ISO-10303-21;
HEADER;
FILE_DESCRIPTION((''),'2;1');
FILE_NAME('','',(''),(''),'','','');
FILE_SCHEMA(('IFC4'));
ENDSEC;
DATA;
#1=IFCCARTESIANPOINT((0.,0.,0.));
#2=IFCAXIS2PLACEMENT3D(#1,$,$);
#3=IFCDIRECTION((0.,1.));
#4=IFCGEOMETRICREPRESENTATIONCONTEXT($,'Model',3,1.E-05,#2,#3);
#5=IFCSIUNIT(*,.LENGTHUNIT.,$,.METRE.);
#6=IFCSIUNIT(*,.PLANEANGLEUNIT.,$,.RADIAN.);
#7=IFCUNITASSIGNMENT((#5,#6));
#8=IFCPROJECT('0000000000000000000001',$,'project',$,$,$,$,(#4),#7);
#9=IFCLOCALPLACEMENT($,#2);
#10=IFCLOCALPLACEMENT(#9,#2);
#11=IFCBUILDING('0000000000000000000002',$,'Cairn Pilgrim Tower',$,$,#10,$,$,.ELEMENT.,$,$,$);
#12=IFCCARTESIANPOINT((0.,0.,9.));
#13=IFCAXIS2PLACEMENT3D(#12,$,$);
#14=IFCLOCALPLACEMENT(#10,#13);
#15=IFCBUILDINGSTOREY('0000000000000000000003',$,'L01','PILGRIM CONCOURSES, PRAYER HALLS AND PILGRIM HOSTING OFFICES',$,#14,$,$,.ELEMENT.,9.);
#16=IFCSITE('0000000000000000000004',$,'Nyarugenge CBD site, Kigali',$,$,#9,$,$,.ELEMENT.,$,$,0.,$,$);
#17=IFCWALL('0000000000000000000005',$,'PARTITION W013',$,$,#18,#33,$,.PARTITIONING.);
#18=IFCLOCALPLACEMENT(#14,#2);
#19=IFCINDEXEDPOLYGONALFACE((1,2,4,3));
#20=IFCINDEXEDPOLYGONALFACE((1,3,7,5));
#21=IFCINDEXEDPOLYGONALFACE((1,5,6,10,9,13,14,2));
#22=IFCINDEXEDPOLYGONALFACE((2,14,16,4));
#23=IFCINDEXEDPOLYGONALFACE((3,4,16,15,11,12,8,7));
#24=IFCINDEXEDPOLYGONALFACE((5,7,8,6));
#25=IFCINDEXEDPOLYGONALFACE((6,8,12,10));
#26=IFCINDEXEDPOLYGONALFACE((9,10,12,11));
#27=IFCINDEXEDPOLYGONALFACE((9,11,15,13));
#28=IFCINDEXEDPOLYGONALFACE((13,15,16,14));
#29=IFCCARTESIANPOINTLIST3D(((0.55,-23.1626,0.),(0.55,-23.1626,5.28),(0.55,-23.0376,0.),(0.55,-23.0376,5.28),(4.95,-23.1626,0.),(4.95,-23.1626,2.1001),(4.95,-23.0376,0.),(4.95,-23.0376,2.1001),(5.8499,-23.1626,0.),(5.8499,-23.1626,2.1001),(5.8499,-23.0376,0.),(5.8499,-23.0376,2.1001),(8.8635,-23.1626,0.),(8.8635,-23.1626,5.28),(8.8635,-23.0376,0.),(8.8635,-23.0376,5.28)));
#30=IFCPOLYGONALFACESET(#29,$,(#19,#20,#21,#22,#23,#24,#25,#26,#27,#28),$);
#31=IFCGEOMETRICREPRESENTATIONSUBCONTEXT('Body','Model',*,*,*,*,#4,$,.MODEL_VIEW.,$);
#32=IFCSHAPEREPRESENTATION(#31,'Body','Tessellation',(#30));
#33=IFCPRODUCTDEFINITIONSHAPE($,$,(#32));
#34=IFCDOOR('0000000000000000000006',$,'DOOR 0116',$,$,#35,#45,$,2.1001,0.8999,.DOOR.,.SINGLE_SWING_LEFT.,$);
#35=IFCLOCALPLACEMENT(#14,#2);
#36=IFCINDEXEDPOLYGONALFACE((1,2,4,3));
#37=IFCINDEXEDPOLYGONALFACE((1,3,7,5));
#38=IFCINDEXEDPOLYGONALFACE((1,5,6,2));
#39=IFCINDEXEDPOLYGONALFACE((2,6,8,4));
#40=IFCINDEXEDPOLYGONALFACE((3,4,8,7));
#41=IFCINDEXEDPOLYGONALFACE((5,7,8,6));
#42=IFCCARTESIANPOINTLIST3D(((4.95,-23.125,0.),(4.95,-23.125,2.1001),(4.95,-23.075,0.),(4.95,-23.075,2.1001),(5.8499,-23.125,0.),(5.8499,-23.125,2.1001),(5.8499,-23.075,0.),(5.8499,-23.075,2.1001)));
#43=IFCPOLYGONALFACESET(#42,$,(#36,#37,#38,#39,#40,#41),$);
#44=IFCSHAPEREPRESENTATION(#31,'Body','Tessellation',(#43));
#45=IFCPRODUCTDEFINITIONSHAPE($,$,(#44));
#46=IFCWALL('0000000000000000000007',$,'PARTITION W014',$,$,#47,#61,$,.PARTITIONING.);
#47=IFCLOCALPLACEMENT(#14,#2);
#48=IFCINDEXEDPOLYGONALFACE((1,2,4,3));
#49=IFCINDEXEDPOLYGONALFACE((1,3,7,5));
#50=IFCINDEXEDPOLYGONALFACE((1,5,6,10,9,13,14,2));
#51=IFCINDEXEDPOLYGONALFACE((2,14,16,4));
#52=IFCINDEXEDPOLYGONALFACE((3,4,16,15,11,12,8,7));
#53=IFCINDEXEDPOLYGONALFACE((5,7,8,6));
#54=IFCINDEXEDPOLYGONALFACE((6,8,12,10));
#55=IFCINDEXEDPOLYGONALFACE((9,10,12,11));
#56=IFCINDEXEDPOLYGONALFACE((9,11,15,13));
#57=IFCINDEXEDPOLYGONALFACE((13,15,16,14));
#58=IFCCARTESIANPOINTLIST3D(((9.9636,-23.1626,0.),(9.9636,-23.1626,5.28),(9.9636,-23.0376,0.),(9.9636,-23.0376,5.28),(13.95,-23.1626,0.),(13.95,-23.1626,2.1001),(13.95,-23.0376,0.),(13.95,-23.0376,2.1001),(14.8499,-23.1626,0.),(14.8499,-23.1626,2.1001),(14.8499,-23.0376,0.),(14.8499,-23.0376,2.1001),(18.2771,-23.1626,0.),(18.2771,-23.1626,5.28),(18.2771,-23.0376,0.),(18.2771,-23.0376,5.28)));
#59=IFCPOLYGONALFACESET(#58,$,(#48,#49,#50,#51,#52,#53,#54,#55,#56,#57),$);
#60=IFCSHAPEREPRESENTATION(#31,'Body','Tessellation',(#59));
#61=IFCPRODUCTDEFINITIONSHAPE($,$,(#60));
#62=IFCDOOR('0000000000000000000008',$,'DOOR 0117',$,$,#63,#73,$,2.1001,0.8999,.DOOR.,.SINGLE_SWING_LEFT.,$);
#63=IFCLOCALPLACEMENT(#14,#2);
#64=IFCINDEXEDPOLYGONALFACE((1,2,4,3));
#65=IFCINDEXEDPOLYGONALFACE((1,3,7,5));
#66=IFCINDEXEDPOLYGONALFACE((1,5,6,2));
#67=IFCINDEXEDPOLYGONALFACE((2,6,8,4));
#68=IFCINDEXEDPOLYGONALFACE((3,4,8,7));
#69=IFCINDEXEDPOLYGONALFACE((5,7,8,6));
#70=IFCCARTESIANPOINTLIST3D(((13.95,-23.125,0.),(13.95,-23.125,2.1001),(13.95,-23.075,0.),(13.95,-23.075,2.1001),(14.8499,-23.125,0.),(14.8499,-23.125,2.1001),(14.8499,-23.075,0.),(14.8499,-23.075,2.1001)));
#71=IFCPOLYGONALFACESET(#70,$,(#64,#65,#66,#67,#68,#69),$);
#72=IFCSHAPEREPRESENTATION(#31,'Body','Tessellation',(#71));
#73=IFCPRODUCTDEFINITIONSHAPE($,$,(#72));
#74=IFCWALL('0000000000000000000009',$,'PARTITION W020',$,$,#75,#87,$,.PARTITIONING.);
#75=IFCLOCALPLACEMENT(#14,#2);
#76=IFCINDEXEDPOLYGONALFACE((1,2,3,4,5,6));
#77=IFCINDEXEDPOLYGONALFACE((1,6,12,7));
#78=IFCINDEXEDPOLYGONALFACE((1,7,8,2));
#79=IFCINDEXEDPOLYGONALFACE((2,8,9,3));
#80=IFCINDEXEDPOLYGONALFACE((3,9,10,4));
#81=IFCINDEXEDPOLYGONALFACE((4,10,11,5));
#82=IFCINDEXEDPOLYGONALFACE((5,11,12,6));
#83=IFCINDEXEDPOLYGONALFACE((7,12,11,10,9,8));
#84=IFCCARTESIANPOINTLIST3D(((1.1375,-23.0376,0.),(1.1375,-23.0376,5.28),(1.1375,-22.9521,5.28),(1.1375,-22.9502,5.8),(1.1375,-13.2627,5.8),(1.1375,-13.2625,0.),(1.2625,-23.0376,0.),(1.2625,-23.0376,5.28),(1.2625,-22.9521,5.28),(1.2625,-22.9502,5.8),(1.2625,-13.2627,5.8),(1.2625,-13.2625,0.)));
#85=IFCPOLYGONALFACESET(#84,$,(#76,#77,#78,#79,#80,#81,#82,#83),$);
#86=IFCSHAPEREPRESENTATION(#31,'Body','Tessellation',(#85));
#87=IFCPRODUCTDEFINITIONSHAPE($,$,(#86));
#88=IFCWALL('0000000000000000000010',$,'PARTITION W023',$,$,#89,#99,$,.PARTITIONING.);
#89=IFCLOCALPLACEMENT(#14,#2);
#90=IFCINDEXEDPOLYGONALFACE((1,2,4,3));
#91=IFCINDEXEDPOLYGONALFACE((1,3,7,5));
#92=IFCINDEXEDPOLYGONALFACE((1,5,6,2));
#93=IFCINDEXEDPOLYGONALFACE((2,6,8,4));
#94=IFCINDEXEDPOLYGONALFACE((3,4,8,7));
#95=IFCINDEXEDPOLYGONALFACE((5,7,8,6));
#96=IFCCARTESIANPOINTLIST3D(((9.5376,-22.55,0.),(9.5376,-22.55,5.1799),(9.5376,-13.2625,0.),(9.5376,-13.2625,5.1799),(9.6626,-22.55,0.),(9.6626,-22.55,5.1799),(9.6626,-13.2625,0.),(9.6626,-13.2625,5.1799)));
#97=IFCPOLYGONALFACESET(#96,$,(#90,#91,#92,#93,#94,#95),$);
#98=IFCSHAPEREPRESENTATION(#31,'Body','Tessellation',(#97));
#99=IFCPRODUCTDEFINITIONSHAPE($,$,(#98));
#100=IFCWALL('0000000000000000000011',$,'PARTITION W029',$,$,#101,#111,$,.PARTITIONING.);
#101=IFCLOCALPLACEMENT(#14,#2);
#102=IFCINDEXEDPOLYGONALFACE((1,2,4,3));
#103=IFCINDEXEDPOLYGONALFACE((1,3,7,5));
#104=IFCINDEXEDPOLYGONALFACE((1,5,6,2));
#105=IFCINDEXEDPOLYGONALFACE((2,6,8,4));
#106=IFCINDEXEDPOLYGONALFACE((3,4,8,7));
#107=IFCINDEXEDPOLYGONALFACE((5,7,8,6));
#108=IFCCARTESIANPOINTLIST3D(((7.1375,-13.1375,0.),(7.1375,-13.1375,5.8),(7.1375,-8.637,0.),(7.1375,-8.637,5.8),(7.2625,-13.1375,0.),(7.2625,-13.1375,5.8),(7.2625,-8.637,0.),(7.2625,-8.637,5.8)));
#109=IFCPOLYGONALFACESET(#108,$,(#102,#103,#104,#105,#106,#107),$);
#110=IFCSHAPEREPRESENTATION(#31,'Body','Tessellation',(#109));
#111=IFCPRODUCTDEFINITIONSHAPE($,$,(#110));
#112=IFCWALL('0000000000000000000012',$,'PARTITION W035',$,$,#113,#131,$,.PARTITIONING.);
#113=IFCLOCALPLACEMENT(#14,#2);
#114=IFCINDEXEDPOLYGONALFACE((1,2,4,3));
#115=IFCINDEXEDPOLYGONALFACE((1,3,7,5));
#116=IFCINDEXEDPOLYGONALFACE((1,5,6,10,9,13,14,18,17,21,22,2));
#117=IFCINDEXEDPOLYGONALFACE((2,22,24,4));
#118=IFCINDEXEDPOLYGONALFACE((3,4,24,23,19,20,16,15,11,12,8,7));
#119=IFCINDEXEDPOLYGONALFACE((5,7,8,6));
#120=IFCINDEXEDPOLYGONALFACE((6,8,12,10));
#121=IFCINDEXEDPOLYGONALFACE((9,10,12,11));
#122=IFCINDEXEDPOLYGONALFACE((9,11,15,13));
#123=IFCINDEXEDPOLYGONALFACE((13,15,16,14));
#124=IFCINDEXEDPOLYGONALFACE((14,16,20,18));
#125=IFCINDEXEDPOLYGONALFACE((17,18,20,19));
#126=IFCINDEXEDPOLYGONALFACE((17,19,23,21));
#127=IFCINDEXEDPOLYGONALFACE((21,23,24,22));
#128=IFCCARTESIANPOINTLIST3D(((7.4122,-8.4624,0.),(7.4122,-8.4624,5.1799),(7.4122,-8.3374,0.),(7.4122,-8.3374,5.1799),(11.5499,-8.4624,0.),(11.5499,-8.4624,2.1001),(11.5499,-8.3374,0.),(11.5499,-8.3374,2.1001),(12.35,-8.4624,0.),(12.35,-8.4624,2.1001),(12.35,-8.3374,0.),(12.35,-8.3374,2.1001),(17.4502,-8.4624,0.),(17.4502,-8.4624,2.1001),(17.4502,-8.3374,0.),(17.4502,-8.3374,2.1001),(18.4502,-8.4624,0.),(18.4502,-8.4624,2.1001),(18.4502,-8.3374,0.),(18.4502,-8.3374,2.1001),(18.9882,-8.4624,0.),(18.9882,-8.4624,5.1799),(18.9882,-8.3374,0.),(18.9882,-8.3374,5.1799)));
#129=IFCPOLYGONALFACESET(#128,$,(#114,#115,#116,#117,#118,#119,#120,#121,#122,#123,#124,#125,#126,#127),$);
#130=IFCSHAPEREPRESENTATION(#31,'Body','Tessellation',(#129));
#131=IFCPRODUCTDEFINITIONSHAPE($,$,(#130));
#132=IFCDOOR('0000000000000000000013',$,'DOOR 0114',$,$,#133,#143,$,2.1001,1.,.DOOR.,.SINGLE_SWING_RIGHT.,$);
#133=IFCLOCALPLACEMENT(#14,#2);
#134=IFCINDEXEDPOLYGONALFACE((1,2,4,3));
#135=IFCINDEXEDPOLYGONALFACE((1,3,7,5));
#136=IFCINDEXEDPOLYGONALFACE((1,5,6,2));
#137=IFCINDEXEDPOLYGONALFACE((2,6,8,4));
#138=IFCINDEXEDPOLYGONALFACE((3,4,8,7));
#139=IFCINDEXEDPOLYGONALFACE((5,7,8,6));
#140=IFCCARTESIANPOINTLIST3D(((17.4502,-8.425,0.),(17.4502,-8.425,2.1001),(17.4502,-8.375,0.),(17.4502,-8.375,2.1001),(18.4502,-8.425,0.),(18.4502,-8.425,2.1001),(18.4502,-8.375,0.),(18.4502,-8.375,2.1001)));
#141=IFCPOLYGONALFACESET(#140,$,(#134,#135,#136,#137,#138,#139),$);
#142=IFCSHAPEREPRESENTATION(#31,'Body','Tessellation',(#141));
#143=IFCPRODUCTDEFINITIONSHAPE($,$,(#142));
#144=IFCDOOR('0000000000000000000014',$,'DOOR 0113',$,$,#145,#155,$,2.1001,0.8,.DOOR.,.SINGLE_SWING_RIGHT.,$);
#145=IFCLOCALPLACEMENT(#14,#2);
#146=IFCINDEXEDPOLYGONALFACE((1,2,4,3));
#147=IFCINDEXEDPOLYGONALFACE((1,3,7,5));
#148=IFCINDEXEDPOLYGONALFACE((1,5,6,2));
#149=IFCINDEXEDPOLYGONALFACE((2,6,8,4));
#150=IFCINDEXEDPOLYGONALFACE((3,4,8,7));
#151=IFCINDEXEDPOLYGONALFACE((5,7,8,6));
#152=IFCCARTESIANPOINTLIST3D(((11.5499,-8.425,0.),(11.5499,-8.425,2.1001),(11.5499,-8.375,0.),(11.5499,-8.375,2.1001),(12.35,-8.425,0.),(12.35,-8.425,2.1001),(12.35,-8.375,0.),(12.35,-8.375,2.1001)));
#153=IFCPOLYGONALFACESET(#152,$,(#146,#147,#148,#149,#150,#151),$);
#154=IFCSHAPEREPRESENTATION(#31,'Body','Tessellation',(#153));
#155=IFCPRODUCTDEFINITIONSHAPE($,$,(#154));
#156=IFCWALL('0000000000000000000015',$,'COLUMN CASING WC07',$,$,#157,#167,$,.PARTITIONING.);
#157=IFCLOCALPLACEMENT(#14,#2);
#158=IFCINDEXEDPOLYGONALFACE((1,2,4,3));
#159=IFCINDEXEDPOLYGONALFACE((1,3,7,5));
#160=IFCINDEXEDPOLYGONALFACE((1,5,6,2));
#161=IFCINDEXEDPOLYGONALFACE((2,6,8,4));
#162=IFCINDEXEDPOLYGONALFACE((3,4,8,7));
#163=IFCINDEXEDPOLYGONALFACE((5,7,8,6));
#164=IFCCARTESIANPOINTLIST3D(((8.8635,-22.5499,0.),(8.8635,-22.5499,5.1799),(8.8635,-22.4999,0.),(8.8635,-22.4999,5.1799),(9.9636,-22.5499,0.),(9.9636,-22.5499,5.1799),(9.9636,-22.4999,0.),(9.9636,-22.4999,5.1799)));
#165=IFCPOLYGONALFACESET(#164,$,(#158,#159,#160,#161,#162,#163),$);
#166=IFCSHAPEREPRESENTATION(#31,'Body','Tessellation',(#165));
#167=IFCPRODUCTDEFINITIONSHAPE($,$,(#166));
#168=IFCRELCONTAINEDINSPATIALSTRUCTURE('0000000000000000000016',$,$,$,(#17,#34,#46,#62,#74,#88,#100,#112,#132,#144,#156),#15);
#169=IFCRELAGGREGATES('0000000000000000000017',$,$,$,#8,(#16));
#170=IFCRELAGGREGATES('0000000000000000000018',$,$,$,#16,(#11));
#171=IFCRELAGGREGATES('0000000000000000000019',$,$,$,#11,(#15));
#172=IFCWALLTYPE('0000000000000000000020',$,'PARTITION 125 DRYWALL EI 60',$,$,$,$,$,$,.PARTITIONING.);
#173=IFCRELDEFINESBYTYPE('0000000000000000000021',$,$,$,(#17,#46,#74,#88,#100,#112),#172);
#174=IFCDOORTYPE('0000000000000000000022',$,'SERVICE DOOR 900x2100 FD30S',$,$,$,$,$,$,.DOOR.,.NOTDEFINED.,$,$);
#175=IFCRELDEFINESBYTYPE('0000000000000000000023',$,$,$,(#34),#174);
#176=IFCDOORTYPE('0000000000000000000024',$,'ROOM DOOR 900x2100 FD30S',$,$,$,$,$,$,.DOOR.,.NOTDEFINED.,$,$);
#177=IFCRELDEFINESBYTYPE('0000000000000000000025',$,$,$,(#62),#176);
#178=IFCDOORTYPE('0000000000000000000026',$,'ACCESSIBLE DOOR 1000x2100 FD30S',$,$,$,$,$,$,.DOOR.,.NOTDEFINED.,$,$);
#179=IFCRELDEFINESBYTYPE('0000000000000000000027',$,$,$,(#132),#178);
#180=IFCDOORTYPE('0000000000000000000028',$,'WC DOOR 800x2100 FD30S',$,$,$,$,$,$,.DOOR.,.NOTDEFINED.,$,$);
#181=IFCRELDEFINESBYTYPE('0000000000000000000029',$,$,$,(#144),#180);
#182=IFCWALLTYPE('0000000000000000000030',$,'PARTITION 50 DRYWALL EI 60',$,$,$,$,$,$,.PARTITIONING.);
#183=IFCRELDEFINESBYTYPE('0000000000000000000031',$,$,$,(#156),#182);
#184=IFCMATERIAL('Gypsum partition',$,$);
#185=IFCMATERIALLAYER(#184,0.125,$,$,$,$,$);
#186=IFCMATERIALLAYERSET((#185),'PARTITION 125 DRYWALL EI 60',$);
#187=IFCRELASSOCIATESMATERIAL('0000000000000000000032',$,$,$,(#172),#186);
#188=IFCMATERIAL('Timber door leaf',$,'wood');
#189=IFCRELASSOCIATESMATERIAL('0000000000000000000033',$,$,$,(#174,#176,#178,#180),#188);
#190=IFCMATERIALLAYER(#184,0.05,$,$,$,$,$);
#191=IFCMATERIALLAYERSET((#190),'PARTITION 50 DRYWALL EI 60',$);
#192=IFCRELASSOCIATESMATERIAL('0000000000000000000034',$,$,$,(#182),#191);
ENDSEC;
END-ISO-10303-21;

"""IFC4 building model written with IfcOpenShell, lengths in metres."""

from ifc_helpers import new_model, si_unit, direction, frame, frame_2d, origin, place, context, subcontext, project, spatial, polyline, rectangle, outline, extrude, material, layer, layer_set, type_object, element, fill, save


model = new_model("IFC4")

# Units and contexts
model_context = context("Model", 3, precision=1e-05, world=origin(), true_north=direction((0.0, 1.0)))
body_context = subcontext(model_context, "Body", "Model", "MODEL_VIEW")
ifc_project = project(units=[si_unit("LENGTHUNIT", "METRE"), si_unit("PLANEANGLEUNIT", "RADIAN")], contexts=[model_context])

# Site, building, storey
site_placement = place(None, origin())
site = spatial("IfcSite", under=ifc_project, at=site_placement, Name="Nyarugenge CBD site, Kigali", CompositionType="ELEMENT", RefElevation=0.0)
building_placement = place(site_placement, origin())
building = spatial("IfcBuilding", under=site, at=building_placement, Name="Cairn Pilgrim Tower", CompositionType="ELEMENT")
storey_placement = place(building_placement, frame((0.0, 0.0, 9.0)))
storey = spatial("IfcBuildingStorey", under=building, at=storey_placement, Name="L01", Description="PILGRIM CONCOURSES, PRAYER HALLS AND PILGRIM HOSTING OFFICES", CompositionType="ELEMENT", Elevation=9.0)

# Walls, openings, doors
ifc_material_1 = material(Name="Gypsum partition")
ifc_layer_1 = layer(ifc_material_1, 0.125)
ifc_layer_set_1 = layer_set([ifc_layer_1], Name="PARTITION 125 DRYWALL EI 60")
wall_type_1 = type_object("IfcWallType", Name="PARTITION 125 DRYWALL EI 60", PredefinedType="PARTITIONING", material=ifc_layer_set_1)
wall_1_placement = place(storey_placement, frame((0.55, -23.1001, 0.0), z_axis=(0.0, 0.0, 1.0), x_axis=(1.0, 0.0, 0.0)))
wall_1 = element("IfcWall", 1, at=wall_1_placement, inside=storey, type_object=wall_type_1, Name="PARTITION W013", PredefinedType="PARTITIONING", context=body_context, shape_type="SweptSolid", body=[
    extrude(rectangle(XDim=8.3135, YDim=0.125, at=frame_2d((4.1567, 0.0))), origin(), (0.0, 0.0, 1.0), 5.28),
])
opening_1_placement = place(wall_1_placement, frame((4.3999, 0.0, 0.0)))
opening_1 = element("IfcOpeningElement", 2, at=opening_1_placement, cuts=wall_1, PredefinedType="OPENING", context=body_context, shape_type="SweptSolid", body=[
    extrude(rectangle(XDim=0.8999, YDim=2.1001, at=frame_2d((0.45, 1.05))), frame((0.0, 0.0725, 0.0), z_axis=(0.0, -1.0, 0.0), x_axis=(1.0, 0.0, 0.0)), (0.0, 0.0, 1.0), 0.145),
])
ifc_material_2 = material(Name="Timber door leaf", Category="wood")
door_type_1 = type_object("IfcDoorType", Name="SERVICE DOOR 900x2100 FD30S", OperationType="NOTDEFINED", PredefinedType="DOOR", material=ifc_material_2)
door_1_placement = place(opening_1_placement, frame((0.8999, 0.0, 0.0), z_axis=(0.0, 0.0, 1.0), x_axis=(-1.0, 0.0, 0.0)))
door_1 = element("IfcDoor", 3, at=door_1_placement, inside=storey, type_object=door_type_1, Name="DOOR 0116", OperationType="SINGLE_SWING_LEFT", OverallHeight=2.1001, OverallWidth=0.8999, PredefinedType="DOOR", context=body_context, shape_type="SweptSolid", body=[
    extrude(rectangle(XDim=0.8999, YDim=2.1001, at=frame_2d((0.45, 1.05))), frame((0.0, 0.0249, 0.0), z_axis=(0.0, -1.0, 0.0), x_axis=(1.0, 0.0, 0.0)), (0.0, 0.0, 1.0), 0.05),
])
fill(opening_1, door_1)
wall_2_placement = place(storey_placement, frame((9.9636, -23.1001, 0.0), z_axis=(0.0, 0.0, 1.0), x_axis=(1.0, 0.0, 0.0)))
wall_2 = element("IfcWall", 4, at=wall_2_placement, inside=storey, type_object=wall_type_1, Name="PARTITION W014", PredefinedType="PARTITIONING", context=body_context, shape_type="SweptSolid", body=[
    extrude(rectangle(XDim=8.3135, YDim=0.125, at=frame_2d((4.1567, 0.0))), origin(), (0.0, 0.0, 1.0), 5.28),
])
opening_2_placement = place(wall_2_placement, frame((3.9863, 0.0, 0.0)))
opening_2 = element("IfcOpeningElement", 5, at=opening_2_placement, cuts=wall_2, PredefinedType="OPENING", context=body_context, shape_type="SweptSolid", body=[
    extrude(rectangle(XDim=0.8999, YDim=2.1001, at=frame_2d((0.45, 1.05))), frame((0.0, 0.0725, 0.0), z_axis=(0.0, -1.0, 0.0), x_axis=(1.0, 0.0, 0.0)), (0.0, 0.0, 1.0), 0.145),
])
door_type_2 = type_object("IfcDoorType", Name="ROOM DOOR 900x2100 FD30S", OperationType="NOTDEFINED", PredefinedType="DOOR", material=ifc_material_2)
door_2_placement = place(opening_2_placement, frame((0.8999, 0.0, 0.0), z_axis=(0.0, 0.0, 1.0), x_axis=(-1.0, 0.0, 0.0)))
door_2 = element("IfcDoor", 6, at=door_2_placement, inside=storey, type_object=door_type_2, Name="DOOR 0117", OperationType="SINGLE_SWING_LEFT", OverallHeight=2.1001, OverallWidth=0.8999, PredefinedType="DOOR", context=body_context, shape_type="SweptSolid", body=[
    extrude(rectangle(XDim=0.8999, YDim=2.1001, at=frame_2d((0.45, 1.05))), frame((0.0, 0.0249, 0.0), z_axis=(0.0, -1.0, 0.0), x_axis=(1.0, 0.0, 0.0)), (0.0, 0.0, 1.0), 0.05),
])
fill(opening_2, door_2)

# Walls
wall_3_placement = place(storey_placement, frame((1.2, -23.0376, 0.0), z_axis=(0.0, 0.0, 1.0), x_axis=(0.0, 1.0, 0.0)))
element("IfcWall", 7, at=wall_3_placement, inside=storey, type_object=wall_type_1, Name="PARTITION W020", PredefinedType="PARTITIONING", context=body_context, shape_type="SweptSolid", body=[
    extrude(outline(polyline([(0.0, 0.0), (9.7751, 0.0), (9.7749, 5.8), (0.0874, 5.8), (0.0854, 5.28), (0.0, 5.28), (0.0, 0.0)])), frame((0.0, 0.0625, 0.0), z_axis=(0.0, -1.0, 0.0), x_axis=(1.0, 0.0, 0.0)), (0.0, 0.0, 1.0), 0.125),
])
wall_4_placement = place(storey_placement, frame((9.6001, -22.55, 0.0), z_axis=(0.0, 0.0, 1.0), x_axis=(0.0, 1.0, 0.0)))
element("IfcWall", 8, at=wall_4_placement, inside=storey, type_object=wall_type_1, Name="PARTITION W023", PredefinedType="PARTITIONING", context=body_context, shape_type="SweptSolid", body=[
    extrude(rectangle(XDim=9.2876, YDim=0.125, at=frame_2d((4.6438, 0.0))), origin(), (0.0, 0.0, 1.0), 5.1799),
])
wall_5_placement = place(storey_placement, frame((7.2, -13.1375, 0.0), z_axis=(0.0, 0.0, 1.0), x_axis=(0.0, 1.0, 0.0)))
element("IfcWall", 9, at=wall_5_placement, inside=storey, type_object=wall_type_1, Name="PARTITION W029", PredefinedType="PARTITIONING", context=body_context, shape_type="SweptSolid", body=[
    extrude(rectangle(XDim=4.5005, YDim=0.125, at=frame_2d((2.2502, 0.0))), origin(), (0.0, 0.0, 1.0), 5.8),
])

# Wall, openings, doors
wall_6_placement = place(storey_placement, frame((7.4121, -8.3999, 0.0), z_axis=(0.0, 0.0, 1.0), x_axis=(1.0, 0.0, 0.0)))
wall_6 = element("IfcWall", 10, at=wall_6_placement, inside=storey, type_object=wall_type_1, Name="PARTITION W035", PredefinedType="PARTITIONING", context=body_context, shape_type="SweptSolid", body=[
    extrude(rectangle(XDim=11.5759, YDim=0.125, at=frame_2d((5.7881, 0.0))), origin(), (0.0, 0.0, 1.0), 5.1799),
])
opening_3_placement = place(wall_6_placement, frame((4.1379, 0.0, 0.0)))
opening_3 = element("IfcOpeningElement", 11, at=opening_3_placement, cuts=wall_6, PredefinedType="OPENING", context=body_context, shape_type="SweptSolid", body=[
    extrude(rectangle(XDim=0.8, YDim=2.1001, at=frame_2d((0.3999, 1.05))), frame((0.0, 0.0725, 0.0), z_axis=(0.0, -1.0, 0.0), x_axis=(1.0, 0.0, 0.0)), (0.0, 0.0, 1.0), 0.145),
])
opening_4_placement = place(wall_6_placement, frame((10.0381, 0.0, 0.0)))
opening_4 = element("IfcOpeningElement", 12, at=opening_4_placement, cuts=wall_6, PredefinedType="OPENING", context=body_context, shape_type="SweptSolid", body=[
    extrude(rectangle(XDim=1.0, YDim=2.1001, at=frame_2d((0.5, 1.05))), frame((0.0, 0.0725, 0.0), z_axis=(0.0, -1.0, 0.0), x_axis=(1.0, 0.0, 0.0)), (0.0, 0.0, 1.0), 0.145),
])
door_type_3 = type_object("IfcDoorType", Name="ACCESSIBLE DOOR 1000x2100 FD30S", OperationType="NOTDEFINED", PredefinedType="DOOR", material=ifc_material_2)
door_3_placement = place(opening_4_placement, origin())
door_3 = element("IfcDoor", 13, at=door_3_placement, inside=storey, type_object=door_type_3, Name="DOOR 0114", OperationType="SINGLE_SWING_RIGHT", OverallHeight=2.1001, OverallWidth=1.0, PredefinedType="DOOR", context=body_context, shape_type="SweptSolid", body=[
    extrude(rectangle(XDim=1.0, YDim=2.1001, at=frame_2d((0.5, 1.05))), frame((0.0, 0.0249, 0.0), z_axis=(0.0, -1.0, 0.0), x_axis=(1.0, 0.0, 0.0)), (0.0, 0.0, 1.0), 0.05),
])
fill(opening_4, door_3)
door_type_4 = type_object("IfcDoorType", Name="WC DOOR 800x2100 FD30S", OperationType="NOTDEFINED", PredefinedType="DOOR", material=ifc_material_2)
door_4_placement = place(opening_3_placement, origin())
door_4 = element("IfcDoor", 14, at=door_4_placement, inside=storey, type_object=door_type_4, Name="DOOR 0113", OperationType="SINGLE_SWING_RIGHT", OverallHeight=2.1001, OverallWidth=0.8, PredefinedType="DOOR", context=body_context, shape_type="SweptSolid", body=[
    extrude(rectangle(XDim=0.8, YDim=2.1001, at=frame_2d((0.3999, 1.05))), frame((0.0, 0.0249, 0.0), z_axis=(0.0, -1.0, 0.0), x_axis=(1.0, 0.0, 0.0)), (0.0, 0.0, 1.0), 0.05),
])
fill(opening_3, door_4)

# Wall
ifc_layer_2 = layer(ifc_material_1, 0.05)
ifc_layer_set_2 = layer_set([ifc_layer_2], Name="PARTITION 50 DRYWALL EI 60")
wall_type_2 = type_object("IfcWallType", Name="PARTITION 50 DRYWALL EI 60", PredefinedType="PARTITIONING", material=ifc_layer_set_2)
wall_7_placement = place(storey_placement, frame((8.8635, -22.5249, 0.0), z_axis=(0.0, 0.0, 1.0), x_axis=(1.0, 0.0, 0.0)))
element("IfcWall", 15, at=wall_7_placement, inside=storey, type_object=wall_type_2, Name="COLUMN CASING WC07", PredefinedType="PARTITIONING", context=body_context, shape_type="SweptSolid", body=[
    extrude(rectangle(XDim=1.1001, YDim=0.05, at=frame_2d((0.55, 0.0))), origin(), (0.0, 0.0, 1.0), 5.1799),
])

save(model, "model.ifc")
